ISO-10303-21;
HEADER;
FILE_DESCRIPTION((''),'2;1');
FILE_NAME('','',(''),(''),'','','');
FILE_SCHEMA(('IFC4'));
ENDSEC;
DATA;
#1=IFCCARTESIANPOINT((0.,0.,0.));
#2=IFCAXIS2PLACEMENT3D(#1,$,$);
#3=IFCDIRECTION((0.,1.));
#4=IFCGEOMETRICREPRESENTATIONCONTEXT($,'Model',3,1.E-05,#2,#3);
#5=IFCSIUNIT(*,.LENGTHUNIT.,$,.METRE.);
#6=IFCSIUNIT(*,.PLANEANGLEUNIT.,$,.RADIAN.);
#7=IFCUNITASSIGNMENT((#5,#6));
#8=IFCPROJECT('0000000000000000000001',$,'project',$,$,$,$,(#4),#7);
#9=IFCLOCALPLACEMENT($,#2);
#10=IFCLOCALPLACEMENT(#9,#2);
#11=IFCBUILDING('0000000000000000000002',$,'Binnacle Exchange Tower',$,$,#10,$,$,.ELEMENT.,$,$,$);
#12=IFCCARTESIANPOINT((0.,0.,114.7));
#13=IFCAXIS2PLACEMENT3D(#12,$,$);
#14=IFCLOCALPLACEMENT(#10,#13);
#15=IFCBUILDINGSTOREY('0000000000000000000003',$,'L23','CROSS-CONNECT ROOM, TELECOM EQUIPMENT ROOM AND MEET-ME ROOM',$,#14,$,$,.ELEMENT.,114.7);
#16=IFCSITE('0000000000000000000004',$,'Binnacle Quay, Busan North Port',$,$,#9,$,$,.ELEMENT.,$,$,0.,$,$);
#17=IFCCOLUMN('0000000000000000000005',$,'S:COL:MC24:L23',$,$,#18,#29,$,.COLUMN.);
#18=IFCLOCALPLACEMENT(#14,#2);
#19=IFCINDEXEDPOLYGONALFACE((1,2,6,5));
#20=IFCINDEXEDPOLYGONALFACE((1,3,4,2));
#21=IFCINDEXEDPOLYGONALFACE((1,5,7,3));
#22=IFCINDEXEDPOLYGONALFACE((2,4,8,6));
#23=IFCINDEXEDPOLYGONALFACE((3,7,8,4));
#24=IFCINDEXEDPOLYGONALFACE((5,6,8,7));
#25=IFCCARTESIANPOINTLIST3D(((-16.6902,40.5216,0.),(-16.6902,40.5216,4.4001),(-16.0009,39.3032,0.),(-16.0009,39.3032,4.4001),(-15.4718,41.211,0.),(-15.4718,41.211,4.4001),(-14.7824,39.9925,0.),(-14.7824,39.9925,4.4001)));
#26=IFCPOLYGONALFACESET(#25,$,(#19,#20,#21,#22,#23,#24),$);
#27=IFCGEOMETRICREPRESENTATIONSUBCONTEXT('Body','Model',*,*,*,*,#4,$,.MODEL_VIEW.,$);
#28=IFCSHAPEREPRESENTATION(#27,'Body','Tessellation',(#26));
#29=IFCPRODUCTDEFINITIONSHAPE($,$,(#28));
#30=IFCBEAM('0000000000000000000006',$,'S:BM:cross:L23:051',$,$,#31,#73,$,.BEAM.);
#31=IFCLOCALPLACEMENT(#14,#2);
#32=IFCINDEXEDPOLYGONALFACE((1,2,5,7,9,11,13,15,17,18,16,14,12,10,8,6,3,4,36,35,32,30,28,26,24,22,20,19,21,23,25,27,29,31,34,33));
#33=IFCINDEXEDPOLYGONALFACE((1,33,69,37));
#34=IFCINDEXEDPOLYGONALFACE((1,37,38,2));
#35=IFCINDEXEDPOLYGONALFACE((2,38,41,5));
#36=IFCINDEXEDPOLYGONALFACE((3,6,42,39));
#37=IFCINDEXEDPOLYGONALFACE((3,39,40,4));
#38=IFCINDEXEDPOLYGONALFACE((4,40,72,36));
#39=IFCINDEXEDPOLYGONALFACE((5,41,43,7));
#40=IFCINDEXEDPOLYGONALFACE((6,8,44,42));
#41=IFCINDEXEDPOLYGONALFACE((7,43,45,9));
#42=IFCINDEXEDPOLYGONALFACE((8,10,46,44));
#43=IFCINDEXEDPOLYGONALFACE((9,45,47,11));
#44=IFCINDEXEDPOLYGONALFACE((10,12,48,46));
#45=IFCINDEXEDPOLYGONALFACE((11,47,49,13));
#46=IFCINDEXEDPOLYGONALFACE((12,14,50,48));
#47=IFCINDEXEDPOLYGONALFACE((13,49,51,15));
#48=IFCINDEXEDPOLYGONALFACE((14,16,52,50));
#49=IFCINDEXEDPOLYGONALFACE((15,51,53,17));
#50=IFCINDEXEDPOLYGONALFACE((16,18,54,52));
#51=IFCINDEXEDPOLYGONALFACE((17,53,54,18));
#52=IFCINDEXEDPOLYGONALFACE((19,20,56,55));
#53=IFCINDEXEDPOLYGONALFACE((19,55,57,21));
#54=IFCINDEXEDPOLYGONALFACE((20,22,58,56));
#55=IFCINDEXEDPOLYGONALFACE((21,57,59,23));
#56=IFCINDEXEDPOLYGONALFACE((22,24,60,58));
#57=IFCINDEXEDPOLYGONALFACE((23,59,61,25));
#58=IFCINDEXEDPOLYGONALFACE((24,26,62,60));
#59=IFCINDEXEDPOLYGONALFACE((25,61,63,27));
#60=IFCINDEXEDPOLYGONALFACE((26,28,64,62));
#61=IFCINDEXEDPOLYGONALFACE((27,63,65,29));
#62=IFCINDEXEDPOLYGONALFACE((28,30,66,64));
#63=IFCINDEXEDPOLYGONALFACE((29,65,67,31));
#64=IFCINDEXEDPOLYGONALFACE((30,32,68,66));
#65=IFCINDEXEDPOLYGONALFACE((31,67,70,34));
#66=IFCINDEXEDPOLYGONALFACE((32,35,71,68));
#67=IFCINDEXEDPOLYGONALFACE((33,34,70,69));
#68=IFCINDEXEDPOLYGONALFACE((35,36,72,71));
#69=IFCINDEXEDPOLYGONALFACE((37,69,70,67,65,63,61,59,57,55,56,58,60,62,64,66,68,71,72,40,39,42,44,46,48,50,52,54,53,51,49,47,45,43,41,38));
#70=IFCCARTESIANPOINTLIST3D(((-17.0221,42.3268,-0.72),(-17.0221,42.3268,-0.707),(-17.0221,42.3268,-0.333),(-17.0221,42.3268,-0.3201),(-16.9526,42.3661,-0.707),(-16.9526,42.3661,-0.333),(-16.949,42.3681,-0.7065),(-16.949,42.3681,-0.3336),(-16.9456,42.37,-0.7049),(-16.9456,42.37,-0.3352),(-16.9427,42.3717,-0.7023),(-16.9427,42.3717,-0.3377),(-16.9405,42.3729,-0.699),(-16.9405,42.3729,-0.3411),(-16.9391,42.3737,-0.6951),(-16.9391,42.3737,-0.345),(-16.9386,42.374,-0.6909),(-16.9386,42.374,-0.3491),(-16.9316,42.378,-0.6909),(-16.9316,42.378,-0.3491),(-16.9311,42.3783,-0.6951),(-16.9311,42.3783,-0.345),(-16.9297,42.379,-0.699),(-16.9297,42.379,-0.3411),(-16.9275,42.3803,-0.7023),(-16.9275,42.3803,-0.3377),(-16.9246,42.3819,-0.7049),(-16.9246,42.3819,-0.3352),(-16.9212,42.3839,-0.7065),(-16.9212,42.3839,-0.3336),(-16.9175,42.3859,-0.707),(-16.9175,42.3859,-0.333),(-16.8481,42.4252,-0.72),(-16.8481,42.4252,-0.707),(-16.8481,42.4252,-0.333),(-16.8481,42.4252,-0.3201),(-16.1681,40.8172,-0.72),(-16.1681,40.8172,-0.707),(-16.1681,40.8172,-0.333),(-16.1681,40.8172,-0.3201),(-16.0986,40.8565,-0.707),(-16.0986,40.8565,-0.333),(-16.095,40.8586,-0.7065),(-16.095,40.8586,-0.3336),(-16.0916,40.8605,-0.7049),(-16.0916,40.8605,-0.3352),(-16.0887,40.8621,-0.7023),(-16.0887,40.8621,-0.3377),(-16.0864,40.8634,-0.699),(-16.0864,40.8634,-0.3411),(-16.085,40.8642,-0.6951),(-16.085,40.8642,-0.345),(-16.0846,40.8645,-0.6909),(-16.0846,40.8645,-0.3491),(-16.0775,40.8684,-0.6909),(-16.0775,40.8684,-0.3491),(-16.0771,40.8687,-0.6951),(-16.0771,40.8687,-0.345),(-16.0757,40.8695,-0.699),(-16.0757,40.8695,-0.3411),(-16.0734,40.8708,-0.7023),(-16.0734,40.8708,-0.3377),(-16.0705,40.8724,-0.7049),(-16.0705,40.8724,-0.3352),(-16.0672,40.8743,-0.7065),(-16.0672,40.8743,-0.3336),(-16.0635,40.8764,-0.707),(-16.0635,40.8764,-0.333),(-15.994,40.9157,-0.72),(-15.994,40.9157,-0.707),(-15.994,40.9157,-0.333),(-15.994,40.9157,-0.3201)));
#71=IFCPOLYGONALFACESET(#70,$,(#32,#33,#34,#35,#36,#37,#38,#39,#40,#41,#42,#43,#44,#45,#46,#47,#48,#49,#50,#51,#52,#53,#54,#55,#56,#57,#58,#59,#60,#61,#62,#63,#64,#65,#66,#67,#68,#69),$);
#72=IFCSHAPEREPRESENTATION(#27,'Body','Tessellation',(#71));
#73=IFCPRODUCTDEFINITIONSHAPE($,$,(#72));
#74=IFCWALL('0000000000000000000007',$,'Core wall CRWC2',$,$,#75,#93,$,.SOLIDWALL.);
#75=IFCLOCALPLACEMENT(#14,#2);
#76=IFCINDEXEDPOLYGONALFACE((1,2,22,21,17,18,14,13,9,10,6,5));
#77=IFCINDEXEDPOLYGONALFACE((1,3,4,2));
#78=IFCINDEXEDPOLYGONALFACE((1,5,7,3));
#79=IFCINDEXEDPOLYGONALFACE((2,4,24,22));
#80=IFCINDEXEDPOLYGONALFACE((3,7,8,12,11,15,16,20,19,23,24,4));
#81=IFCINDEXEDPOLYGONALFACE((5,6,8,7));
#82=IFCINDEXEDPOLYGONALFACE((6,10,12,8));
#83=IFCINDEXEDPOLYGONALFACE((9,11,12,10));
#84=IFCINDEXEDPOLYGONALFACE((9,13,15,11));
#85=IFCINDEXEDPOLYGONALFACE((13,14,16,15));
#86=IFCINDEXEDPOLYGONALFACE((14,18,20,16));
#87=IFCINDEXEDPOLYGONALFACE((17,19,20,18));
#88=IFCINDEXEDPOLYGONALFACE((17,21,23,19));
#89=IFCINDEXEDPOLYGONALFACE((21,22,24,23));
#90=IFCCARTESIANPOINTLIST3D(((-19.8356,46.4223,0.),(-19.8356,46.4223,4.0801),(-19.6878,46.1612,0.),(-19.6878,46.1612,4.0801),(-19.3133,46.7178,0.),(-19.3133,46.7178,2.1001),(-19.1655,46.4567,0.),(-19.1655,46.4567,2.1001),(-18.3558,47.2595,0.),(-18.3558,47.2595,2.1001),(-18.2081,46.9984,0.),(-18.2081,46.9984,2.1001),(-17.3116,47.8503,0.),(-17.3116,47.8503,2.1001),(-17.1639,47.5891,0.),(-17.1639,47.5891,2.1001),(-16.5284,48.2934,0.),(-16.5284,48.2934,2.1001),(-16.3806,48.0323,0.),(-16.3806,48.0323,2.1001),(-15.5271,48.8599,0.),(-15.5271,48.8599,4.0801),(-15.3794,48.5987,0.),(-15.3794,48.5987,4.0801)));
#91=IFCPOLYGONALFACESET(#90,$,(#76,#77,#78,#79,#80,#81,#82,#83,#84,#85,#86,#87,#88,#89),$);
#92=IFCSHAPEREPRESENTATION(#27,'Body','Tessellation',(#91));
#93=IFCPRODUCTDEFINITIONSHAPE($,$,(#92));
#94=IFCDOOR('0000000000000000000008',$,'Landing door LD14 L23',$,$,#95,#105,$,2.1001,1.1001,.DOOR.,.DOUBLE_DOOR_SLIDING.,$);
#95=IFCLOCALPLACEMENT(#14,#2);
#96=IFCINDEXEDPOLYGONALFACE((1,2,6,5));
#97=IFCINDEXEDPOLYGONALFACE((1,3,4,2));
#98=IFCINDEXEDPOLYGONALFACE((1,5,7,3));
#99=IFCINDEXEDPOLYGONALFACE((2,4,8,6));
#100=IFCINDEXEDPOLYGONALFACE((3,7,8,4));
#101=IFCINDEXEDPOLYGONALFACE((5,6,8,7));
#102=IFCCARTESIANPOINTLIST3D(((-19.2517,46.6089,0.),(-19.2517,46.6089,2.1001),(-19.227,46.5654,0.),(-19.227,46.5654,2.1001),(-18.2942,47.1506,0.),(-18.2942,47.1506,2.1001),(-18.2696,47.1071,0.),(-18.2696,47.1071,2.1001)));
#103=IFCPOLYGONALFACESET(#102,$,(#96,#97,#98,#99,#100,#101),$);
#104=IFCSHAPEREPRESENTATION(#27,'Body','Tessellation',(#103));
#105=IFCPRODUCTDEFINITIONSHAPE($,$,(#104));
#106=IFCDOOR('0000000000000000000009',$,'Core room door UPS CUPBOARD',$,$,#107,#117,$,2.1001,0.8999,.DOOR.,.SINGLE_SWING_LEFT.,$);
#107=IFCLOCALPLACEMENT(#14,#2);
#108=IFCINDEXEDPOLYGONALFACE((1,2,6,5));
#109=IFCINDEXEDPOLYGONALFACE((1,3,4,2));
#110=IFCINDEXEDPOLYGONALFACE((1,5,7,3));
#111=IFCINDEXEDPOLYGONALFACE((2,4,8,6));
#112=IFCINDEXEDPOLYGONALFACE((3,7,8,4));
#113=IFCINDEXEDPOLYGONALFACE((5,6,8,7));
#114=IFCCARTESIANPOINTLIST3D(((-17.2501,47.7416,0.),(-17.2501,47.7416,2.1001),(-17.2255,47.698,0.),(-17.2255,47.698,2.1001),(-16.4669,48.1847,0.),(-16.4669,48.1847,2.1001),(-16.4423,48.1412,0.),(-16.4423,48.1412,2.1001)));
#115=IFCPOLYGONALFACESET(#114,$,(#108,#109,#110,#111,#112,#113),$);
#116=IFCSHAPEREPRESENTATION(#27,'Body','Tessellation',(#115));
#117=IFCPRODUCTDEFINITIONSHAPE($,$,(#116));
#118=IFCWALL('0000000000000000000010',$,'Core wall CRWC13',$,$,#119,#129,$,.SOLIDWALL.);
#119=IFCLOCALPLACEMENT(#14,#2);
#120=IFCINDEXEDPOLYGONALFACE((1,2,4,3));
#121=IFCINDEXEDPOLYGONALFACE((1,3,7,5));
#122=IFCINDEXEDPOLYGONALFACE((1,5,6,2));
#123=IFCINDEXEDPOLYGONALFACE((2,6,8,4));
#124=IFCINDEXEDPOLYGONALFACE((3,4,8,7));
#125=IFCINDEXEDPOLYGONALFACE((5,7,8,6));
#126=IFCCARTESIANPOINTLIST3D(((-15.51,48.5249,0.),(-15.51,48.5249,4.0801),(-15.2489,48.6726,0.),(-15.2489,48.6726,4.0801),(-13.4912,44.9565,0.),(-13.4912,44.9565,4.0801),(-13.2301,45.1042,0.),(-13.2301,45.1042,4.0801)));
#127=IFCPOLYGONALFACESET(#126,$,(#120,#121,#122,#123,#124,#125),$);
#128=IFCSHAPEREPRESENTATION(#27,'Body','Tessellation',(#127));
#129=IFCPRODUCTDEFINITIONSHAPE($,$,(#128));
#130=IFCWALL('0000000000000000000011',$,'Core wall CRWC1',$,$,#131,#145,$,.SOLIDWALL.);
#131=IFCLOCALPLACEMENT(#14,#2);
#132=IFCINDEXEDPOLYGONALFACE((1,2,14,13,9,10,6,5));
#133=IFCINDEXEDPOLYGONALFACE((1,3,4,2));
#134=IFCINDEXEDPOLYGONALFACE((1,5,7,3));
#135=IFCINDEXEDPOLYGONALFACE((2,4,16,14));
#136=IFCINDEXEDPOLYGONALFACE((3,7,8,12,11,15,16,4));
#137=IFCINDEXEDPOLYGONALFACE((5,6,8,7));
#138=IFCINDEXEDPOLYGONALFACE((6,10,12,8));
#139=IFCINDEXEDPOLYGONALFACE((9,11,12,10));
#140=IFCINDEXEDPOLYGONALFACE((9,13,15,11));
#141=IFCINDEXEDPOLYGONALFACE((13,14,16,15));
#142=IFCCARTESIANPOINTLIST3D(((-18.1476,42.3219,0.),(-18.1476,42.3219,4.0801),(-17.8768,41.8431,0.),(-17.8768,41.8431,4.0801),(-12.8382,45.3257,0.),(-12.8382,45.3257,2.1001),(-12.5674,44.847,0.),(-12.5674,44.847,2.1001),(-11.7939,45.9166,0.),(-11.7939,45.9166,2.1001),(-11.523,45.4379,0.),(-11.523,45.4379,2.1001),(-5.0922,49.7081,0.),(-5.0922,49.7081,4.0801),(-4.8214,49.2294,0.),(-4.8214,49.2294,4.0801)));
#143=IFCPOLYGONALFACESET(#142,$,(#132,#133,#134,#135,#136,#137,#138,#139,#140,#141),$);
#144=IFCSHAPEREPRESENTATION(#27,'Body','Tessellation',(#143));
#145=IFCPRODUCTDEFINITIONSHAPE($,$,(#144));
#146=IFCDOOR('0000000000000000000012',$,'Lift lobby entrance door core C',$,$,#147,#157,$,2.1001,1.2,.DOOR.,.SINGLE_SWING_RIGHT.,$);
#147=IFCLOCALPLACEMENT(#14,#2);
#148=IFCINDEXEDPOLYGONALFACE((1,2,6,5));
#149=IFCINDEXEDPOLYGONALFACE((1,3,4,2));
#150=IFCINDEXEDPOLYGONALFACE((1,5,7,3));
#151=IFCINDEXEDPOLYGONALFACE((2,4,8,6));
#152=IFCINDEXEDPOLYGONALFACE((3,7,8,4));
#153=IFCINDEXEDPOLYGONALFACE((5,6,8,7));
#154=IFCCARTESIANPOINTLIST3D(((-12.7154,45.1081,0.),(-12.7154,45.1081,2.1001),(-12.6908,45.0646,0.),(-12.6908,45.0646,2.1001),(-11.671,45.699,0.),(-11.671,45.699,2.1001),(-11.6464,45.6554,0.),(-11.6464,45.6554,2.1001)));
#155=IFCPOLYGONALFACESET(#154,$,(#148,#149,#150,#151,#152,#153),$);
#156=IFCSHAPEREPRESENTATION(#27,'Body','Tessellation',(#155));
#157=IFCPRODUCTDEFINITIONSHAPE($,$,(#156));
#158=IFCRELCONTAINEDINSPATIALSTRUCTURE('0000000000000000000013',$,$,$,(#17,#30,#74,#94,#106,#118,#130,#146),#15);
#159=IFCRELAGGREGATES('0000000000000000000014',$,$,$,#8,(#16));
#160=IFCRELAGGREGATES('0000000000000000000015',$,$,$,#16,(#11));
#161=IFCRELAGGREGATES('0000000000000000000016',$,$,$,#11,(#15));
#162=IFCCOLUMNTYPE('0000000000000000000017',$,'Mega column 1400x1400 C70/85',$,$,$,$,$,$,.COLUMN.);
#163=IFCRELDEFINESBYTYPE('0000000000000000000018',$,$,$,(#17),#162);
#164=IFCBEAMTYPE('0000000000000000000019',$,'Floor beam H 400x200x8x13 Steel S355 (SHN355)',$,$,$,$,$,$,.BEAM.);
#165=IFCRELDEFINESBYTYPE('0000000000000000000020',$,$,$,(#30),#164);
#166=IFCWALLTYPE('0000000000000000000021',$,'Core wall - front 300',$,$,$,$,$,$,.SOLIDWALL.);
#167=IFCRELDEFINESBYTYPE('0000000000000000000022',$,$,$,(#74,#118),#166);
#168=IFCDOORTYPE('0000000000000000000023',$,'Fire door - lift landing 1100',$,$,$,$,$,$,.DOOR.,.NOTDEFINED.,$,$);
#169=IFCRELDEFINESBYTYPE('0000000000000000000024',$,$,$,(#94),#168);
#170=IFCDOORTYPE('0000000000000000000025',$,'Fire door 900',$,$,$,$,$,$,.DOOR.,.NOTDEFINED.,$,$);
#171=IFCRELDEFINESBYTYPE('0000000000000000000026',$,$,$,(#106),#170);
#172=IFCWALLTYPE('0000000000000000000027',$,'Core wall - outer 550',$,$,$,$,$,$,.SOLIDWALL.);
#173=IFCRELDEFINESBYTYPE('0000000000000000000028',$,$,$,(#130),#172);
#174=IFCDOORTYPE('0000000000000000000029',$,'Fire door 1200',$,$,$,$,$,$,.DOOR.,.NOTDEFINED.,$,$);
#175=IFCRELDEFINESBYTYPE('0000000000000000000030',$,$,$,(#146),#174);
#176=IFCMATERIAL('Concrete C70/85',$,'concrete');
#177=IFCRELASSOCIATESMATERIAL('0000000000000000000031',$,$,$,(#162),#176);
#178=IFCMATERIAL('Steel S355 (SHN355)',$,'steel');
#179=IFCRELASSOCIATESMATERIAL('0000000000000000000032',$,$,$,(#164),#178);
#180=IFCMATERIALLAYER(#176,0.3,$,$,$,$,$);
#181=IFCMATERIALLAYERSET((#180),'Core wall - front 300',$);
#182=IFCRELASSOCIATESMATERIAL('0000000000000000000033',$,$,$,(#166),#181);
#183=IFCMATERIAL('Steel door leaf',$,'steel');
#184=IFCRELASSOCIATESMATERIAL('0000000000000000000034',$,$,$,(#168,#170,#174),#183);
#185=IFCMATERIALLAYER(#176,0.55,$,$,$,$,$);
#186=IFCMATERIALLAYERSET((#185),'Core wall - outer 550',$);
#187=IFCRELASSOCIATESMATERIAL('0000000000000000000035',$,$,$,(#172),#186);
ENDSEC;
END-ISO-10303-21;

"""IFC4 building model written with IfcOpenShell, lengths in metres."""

from ifc_helpers import new_model, si_unit, direction, frame, frame_2d, origin, origin_2d, place, context, subcontext, project, spatial, rectangle, i_section, extrude, material, layer, layer_set, material_profile, profile_set, type_object, element, fill, save


model = new_model("IFC4")

# Units and contexts
model_context = context("Model", 3, precision=1e-05, world=origin(), true_north=direction((0.0, 1.0)))
body_context = subcontext(model_context, "Body", "Model", "MODEL_VIEW")
ifc_project = project(units=[si_unit("LENGTHUNIT", "METRE"), si_unit("PLANEANGLEUNIT", "RADIAN")], contexts=[model_context])

# Site, building, storey
site_placement = place(None, origin())
site = spatial("IfcSite", under=ifc_project, at=site_placement, Name="Binnacle Quay, Busan North Port", CompositionType="ELEMENT", RefElevation=0.0)
building_placement = place(site_placement, origin())
building = spatial("IfcBuilding", under=site, at=building_placement, Name="Binnacle Exchange Tower", CompositionType="ELEMENT")
storey_placement = place(building_placement, frame((0.0, 0.0, 114.7)))
storey = spatial("IfcBuildingStorey", under=building, at=storey_placement, Name="L23", Description="CROSS-CONNECT ROOM, TELECOM EQUIPMENT ROOM AND MEET-ME ROOM", CompositionType="ELEMENT", Elevation=114.7)

# Column
ifc_material_1 = material(Name="Concrete C70/85", Category="concrete")
ifc_material_profile_1 = material_profile(ifc_material_1, rectangle(XDim=1.3999, YDim=1.3999, at=origin_2d()), Name="Mega column 1400x1400 C70/85")
ifc_profile_set_1 = profile_set([ifc_material_profile_1], Name="Concrete C70/85")
column_type = type_object("IfcColumnType", Name="Mega column 1400x1400 C70/85", PredefinedType="COLUMN", material=ifc_profile_set_1)
column_placement = place(storey_placement, frame((-15.7363, 40.2571, 0.0), z_axis=(0.0, 0.0, 1.0), x_axis=(0.870356, 0.492424, 0.0)))
element("IfcColumn", 1, at=column_placement, inside=storey, type_object=column_type, Name="S:COL:MC24:L23", PredefinedType="COLUMN", context=body_context, shape_type="SweptSolid", body=[
    extrude(rectangle(XDim=1.3999, YDim=1.3999, at=origin_2d()), origin(), (0.0, 0.0, 1.0), 4.4001),
])

# Beam
ifc_material_2 = material(Name="Steel S355 (SHN355)", Category="steel")
ifc_material_profile_2 = material_profile(ifc_material_2, i_section(OverallWidth=0.2, OverallDepth=0.3999, WebThickness=0.0081, FlangeThickness=0.0129, FilletRadius=0.0161, at=origin_2d()), Name="H 400x200x8x13")
ifc_profile_set_2 = profile_set([ifc_material_profile_2], Name="Steel S355 (SHN355)")
beam_type = type_object("IfcBeamType", Name="Floor beam H 400x200x8x13 Steel S355 (SHN355)", PredefinedType="BEAM", material=ifc_profile_set_2)
beam_placement = place(storey_placement, frame((-16.0811, 40.8665, -0.52), z_axis=(-0.492405, 0.870366, 0.0), x_axis=(-0.870366, -0.492405, 0.0)))
element("IfcBeam", 2, at=beam_placement, inside=storey, type_object=beam_type, Name="S:BM:cross:L23:051", PredefinedType="BEAM", context=body_context, shape_type="SweptSolid", body=[
    extrude(i_section(OverallWidth=0.2, OverallDepth=0.3999, WebThickness=0.0081, FlangeThickness=0.0129, FilletRadius=0.0161, at=origin_2d()), origin(), (0.0, 0.0, 1.0), 1.7344),
])

# Wall, openings, doors
ifc_layer_1 = layer(ifc_material_1, 0.3)
ifc_layer_set_1 = layer_set([ifc_layer_1], Name="Core wall - front 300")
wall_type_1 = type_object("IfcWallType", Name="Core wall - front 300", PredefinedType="SOLIDWALL", material=ifc_layer_set_1)
wall_1_placement = place(storey_placement, frame((-19.7617, 46.2917, 0.0), z_axis=(0.0, 0.0, 1.0), x_axis=(0.87036, 0.492416, 0.0)))
wall_1 = element("IfcWall", 3, at=wall_1_placement, inside=storey, type_object=wall_type_1, Name="Core wall CRWC2", PredefinedType="SOLIDWALL", context=body_context, shape_type="SweptSolid", body=[
    extrude(rectangle(XDim=4.9502, YDim=0.3, at=frame_2d((2.4751, 0.0))), origin(), (0.0, 0.0, 1.0), 4.0801),
])
opening_1_placement = place(wall_1_placement, frame((0.6001, 0.0, 0.0)))
opening_1 = element("IfcOpeningElement", 4, at=opening_1_placement, cuts=wall_1, PredefinedType="OPENING", context=body_context, shape_type="SweptSolid", body=[
    extrude(rectangle(XDim=1.1001, YDim=2.1001, at=frame_2d((0.55, 1.05))), frame((0.0, 0.1599, 0.0), z_axis=(0.0, -1.0, 0.0), x_axis=(1.0, 0.0, 0.0)), (0.0, 0.0, 1.0), 0.3201),
])
opening_2_placement = place(wall_1_placement, frame((2.8999, 0.0, 0.0)))
opening_2 = element("IfcOpeningElement", 5, at=opening_2_placement, cuts=wall_1, PredefinedType="OPENING", context=body_context, shape_type="SweptSolid", body=[
    extrude(rectangle(XDim=0.8999, YDim=2.1001, at=frame_2d((0.45, 1.05))), frame((0.0, 0.1599, 0.0), z_axis=(0.0, -1.0, 0.0), x_axis=(1.0, 0.0, 0.0)), (0.0, 0.0, 1.0), 0.3201),
])
ifc_material_3 = material(Name="Steel door leaf", Category="steel")
door_type_1 = type_object("IfcDoorType", Name="Fire door - lift landing 1100", OperationType="NOTDEFINED", PredefinedType="DOOR", material=ifc_material_3)
door_1_placement = place(opening_1_placement, origin())
door_1 = element("IfcDoor", 6, at=door_1_placement, inside=storey, type_object=door_type_1, Name="Landing door LD14 L23", OperationType="DOUBLE_DOOR_SLIDING", OverallHeight=2.1001, OverallWidth=1.1001, PredefinedType="DOOR", context=body_context, shape_type="SweptSolid", body=[
    extrude(rectangle(XDim=1.1001, YDim=2.1001, at=frame_2d((0.55, 1.05))), frame((0.0, 0.0249, 0.0), z_axis=(0.0, -1.0, 0.0), x_axis=(1.0, 0.0, 0.0)), (0.0, 0.0, 1.0), 0.05),
])
fill(opening_1, door_1)
door_type_2 = type_object("IfcDoorType", Name="Fire door 900", OperationType="NOTDEFINED", PredefinedType="DOOR", material=ifc_material_3)
door_2_placement = place(opening_2_placement, frame((0.8999, 0.0, 0.0), z_axis=(0.0, 0.0, 1.0), x_axis=(-1.0, 0.0, 0.0)))
door_2 = element("IfcDoor", 7, at=door_2_placement, inside=storey, type_object=door_type_2, Name="Core room door UPS CUPBOARD", OperationType="SINGLE_SWING_LEFT", OverallHeight=2.1001, OverallWidth=0.8999, PredefinedType="DOOR", context=body_context, shape_type="SweptSolid", body=[
    extrude(rectangle(XDim=0.8999, YDim=2.1001, at=frame_2d((0.45, 1.05))), frame((0.0, 0.0249, 0.0), z_axis=(0.0, -1.0, 0.0), x_axis=(1.0, 0.0, 0.0)), (0.0, 0.0, 1.0), 0.05),
])
fill(opening_2, door_2)

# Wall
wall_2_placement = place(storey_placement, frame((-15.3794, 48.5986, 0.0), z_axis=(0.0, 0.0, 1.0), x_axis=(0.492408, -0.870364, 0.0)))
element("IfcWall", 8, at=wall_2_placement, inside=storey, type_object=wall_type_1, Name="Core wall CRWC13", PredefinedType="SOLIDWALL", context=body_context, shape_type="SweptSolid", body=[
    extrude(rectangle(XDim=4.0999, YDim=0.3, at=frame_2d((2.0498, 0.0))), origin(), (0.0, 0.0, 1.0), 4.0801),
])

# Wall, opening, door
ifc_layer_2 = layer(ifc_material_1, 0.55)
ifc_layer_set_2 = layer_set([ifc_layer_2], Name="Core wall - outer 550")
wall_type_2 = type_object("IfcWallType", Name="Core wall - outer 550", PredefinedType="SOLIDWALL", material=ifc_layer_set_2)
wall_3_placement = place(storey_placement, frame((-18.0122, 42.0825, 0.0), z_axis=(0.0, 0.0, 1.0), x_axis=(0.870361, 0.492415, 0.0)))
wall_3 = element("IfcWall", 9, at=wall_3_placement, inside=storey, type_object=wall_type_2, Name="Core wall CRWC1", PredefinedType="SOLIDWALL", context=body_context, shape_type="SweptSolid", body=[
    extrude(rectangle(XDim=15.0, YDim=0.55, at=frame_2d((7.5, 0.0))), origin(), (0.0, 0.0, 1.0), 4.0801),
])
opening_3_placement = place(wall_3_placement, frame((6.1001, 0.0, 0.0)))
opening_3 = element("IfcOpeningElement", 10, at=opening_3_placement, cuts=wall_3, PredefinedType="OPENING", context=body_context, shape_type="SweptSolid", body=[
    extrude(rectangle(XDim=1.2, YDim=2.1001, at=frame_2d((0.6001, 1.05))), frame((0.0, 0.2849, 0.0), z_axis=(0.0, -1.0, 0.0), x_axis=(1.0, 0.0, 0.0)), (0.0, 0.0, 1.0), 0.5701),
])
door_type_3 = type_object("IfcDoorType", Name="Fire door 1200", OperationType="NOTDEFINED", PredefinedType="DOOR", material=ifc_material_3)
door_3_placement = place(opening_3_placement, frame((1.2, 0.0, 0.0), z_axis=(0.0, 0.0, 1.0), x_axis=(-1.0, 0.0, 0.0)))
door_3 = element("IfcDoor", 11, at=door_3_placement, inside=storey, type_object=door_type_3, Name="Lift lobby entrance door core C", OperationType="SINGLE_SWING_RIGHT", OverallHeight=2.1001, OverallWidth=1.2, PredefinedType="DOOR", context=body_context, shape_type="SweptSolid", body=[
    extrude(rectangle(XDim=1.2, YDim=2.1001, at=frame_2d((0.6001, 1.05))), frame((0.0, 0.0249, 0.0), z_axis=(0.0, -1.0, 0.0), x_axis=(1.0, 0.0, 0.0)), (0.0, 0.0, 1.0), 0.05),
])
fill(opening_3, door_3)

save(model, "model.ifc")
